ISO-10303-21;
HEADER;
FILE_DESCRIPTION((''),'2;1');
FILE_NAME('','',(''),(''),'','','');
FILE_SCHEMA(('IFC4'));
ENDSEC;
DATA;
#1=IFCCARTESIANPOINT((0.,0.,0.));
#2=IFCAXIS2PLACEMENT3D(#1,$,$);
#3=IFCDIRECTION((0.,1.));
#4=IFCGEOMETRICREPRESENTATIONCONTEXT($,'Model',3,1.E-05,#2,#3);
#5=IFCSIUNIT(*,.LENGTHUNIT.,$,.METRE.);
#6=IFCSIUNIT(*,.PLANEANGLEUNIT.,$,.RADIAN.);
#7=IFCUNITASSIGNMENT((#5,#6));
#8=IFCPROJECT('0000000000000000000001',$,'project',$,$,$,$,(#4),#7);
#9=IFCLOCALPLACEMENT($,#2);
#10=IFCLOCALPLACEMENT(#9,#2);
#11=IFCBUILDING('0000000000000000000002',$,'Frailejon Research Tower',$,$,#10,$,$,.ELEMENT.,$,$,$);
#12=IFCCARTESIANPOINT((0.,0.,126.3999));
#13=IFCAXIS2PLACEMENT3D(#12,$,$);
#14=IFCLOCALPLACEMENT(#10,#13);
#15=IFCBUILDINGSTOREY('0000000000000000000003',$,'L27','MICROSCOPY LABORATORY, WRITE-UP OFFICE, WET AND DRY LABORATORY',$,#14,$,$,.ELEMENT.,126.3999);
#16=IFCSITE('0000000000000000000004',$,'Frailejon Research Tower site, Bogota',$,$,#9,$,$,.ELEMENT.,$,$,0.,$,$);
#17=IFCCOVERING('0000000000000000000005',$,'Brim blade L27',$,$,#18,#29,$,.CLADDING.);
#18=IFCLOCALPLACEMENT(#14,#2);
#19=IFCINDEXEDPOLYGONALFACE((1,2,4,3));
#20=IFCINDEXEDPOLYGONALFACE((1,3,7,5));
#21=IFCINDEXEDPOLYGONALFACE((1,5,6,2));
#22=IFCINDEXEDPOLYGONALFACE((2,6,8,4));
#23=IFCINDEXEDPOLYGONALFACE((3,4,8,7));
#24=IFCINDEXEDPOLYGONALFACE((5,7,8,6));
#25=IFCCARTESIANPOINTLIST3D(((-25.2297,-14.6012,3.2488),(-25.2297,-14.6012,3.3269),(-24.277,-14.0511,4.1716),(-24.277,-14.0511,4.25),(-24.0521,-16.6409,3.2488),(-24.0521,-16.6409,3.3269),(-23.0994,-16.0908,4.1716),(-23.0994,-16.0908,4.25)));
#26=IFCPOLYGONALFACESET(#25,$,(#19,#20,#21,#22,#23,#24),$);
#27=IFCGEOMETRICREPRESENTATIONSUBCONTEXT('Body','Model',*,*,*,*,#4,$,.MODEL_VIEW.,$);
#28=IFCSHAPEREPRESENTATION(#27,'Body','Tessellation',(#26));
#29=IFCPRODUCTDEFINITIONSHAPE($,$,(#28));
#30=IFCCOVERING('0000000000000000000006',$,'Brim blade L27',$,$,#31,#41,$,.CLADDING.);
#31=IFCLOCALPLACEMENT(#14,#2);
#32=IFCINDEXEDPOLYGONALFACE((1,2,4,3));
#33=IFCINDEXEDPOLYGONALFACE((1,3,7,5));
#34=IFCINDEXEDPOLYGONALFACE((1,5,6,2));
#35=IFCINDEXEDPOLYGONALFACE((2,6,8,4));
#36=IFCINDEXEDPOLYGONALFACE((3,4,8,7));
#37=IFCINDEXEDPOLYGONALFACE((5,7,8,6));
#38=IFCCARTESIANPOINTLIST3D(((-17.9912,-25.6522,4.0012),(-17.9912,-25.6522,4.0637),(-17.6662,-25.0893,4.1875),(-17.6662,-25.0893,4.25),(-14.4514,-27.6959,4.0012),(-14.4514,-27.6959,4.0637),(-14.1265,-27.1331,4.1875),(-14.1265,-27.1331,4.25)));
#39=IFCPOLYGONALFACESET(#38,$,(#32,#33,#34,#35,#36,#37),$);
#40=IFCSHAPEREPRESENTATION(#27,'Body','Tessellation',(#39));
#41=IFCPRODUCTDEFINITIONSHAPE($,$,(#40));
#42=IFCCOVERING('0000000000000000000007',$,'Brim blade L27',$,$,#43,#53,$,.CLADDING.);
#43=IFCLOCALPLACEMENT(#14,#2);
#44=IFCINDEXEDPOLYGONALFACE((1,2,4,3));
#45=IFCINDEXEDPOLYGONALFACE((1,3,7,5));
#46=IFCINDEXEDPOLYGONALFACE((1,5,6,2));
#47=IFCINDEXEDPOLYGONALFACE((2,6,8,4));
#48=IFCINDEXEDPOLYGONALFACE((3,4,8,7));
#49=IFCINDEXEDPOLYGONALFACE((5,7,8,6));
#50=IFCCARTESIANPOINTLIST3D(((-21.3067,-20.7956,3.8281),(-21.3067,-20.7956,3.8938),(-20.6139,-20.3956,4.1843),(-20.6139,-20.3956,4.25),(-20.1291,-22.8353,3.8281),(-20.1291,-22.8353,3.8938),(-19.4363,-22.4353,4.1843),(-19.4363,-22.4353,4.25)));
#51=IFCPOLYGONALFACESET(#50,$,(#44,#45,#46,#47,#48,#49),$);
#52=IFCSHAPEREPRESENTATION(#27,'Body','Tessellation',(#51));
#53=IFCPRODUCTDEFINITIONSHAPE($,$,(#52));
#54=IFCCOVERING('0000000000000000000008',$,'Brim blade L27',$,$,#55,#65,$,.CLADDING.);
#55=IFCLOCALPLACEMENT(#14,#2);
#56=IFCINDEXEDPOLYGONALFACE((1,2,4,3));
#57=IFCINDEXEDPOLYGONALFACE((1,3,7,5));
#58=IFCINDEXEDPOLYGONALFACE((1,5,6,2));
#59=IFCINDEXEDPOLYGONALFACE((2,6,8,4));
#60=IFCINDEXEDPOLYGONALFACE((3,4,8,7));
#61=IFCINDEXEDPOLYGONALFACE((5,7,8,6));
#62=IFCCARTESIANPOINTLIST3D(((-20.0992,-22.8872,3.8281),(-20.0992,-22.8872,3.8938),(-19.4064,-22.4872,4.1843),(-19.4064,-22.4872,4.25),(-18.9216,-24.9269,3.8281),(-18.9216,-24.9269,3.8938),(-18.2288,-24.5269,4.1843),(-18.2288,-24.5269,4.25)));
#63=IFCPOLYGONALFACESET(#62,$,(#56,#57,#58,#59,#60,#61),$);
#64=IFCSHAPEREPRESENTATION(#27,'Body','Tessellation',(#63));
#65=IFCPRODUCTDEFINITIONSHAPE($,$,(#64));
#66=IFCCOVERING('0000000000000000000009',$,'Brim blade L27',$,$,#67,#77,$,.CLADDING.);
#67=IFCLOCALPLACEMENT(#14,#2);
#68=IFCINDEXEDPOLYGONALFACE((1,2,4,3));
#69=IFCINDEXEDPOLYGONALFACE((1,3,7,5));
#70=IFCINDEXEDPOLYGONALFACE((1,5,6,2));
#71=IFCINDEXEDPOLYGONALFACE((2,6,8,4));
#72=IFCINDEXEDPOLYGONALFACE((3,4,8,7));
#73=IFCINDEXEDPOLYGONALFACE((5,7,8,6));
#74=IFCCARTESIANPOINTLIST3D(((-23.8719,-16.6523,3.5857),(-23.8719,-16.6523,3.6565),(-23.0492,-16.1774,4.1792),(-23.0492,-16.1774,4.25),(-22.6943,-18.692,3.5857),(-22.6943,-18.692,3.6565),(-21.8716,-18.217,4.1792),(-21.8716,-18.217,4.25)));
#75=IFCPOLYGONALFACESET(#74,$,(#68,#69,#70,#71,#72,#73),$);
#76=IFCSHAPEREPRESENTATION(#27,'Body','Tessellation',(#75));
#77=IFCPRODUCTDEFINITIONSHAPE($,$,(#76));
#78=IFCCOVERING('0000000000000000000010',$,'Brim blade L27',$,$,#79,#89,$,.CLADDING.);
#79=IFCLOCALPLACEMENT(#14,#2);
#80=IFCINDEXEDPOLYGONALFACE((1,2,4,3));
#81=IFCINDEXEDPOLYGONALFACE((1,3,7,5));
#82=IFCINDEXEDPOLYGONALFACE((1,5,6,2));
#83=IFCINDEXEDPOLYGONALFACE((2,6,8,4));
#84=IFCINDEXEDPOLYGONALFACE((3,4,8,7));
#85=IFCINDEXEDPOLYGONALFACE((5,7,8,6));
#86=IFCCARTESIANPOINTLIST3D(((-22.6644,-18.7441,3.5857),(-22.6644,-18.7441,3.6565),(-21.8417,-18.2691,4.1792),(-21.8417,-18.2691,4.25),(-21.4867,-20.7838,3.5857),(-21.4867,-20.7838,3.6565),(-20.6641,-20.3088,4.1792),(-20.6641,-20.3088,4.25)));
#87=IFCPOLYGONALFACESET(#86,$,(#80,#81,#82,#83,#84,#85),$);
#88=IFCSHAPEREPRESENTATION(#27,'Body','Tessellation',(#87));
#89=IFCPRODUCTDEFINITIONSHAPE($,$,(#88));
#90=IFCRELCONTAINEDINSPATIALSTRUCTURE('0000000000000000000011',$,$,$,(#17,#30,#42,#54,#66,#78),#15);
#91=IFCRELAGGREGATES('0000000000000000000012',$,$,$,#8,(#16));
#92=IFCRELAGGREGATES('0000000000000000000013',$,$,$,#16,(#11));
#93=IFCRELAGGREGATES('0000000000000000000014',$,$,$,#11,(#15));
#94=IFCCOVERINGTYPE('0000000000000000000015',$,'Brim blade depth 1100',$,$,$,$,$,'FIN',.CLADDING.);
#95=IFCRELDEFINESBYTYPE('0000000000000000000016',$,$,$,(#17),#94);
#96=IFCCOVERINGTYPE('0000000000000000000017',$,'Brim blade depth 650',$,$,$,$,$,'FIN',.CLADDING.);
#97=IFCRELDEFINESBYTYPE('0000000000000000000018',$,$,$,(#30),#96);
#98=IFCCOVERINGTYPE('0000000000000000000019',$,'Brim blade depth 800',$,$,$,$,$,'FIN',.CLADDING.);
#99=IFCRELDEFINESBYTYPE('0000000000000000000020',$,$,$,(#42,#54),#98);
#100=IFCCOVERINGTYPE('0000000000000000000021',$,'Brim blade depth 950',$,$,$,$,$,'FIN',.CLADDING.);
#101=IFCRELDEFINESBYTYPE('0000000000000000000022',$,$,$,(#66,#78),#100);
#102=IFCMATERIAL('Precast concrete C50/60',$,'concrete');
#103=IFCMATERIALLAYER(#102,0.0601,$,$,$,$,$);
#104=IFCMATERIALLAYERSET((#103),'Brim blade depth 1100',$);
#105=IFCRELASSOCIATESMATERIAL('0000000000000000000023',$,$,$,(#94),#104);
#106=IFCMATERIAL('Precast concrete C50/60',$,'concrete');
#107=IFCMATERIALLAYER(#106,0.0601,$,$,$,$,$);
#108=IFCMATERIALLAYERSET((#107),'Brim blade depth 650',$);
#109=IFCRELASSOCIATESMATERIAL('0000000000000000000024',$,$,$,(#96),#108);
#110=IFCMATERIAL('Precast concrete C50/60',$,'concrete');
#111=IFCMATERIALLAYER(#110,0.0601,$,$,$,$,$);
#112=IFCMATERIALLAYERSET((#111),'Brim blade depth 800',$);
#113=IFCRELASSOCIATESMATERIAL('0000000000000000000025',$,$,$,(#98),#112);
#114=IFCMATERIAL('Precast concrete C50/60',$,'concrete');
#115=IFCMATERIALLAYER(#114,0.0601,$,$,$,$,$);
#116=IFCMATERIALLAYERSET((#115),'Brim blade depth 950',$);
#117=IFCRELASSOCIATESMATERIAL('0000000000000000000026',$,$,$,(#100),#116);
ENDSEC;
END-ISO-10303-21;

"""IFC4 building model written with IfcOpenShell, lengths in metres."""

from ifc_helpers import new_model, si_unit, direction, frame, origin, place, context, subcontext, project, spatial, polyline, outline, extrude, material, layer, layer_set, type_object, element, save


model = new_model("IFC4")

# Units and contexts
model_context = context("Model", 3, precision=1e-05, world=origin(), true_north=direction((0.0, 1.0)))
body_context = subcontext(model_context, "Body", "Model", "MODEL_VIEW")
ifc_project = project(units=[si_unit("LENGTHUNIT", "METRE"), si_unit("PLANEANGLEUNIT", "RADIAN")], contexts=[model_context])

# Site, building, storey
site_placement = place(None, origin())
site = spatial("IfcSite", under=ifc_project, at=site_placement, Name="Frailejon Research Tower site, Bogota", CompositionType="ELEMENT", RefElevation=0.0)
building_placement = place(site_placement, origin())
building = spatial("IfcBuilding", under=site, at=building_placement, Name="Frailejon Research Tower", CompositionType="ELEMENT")
storey_placement = place(building_placement, frame((0.0, 0.0, 126.3999)))
storey = spatial("IfcBuildingStorey", under=building, at=storey_placement, Name="L27", Description="MICROSCOPY LABORATORY, WRITE-UP OFFICE, WET AND DRY LABORATORY", CompositionType="ELEMENT", Elevation=126.3999)

# Coverings
ifc_material_1 = material(Name="Precast concrete C50/60", Category="concrete")
ifc_layer_1 = layer(ifc_material_1, 0.0601)
ifc_layer_set_1 = layer_set([ifc_layer_1], Name="Brim blade depth 1100")
covering_type_1 = type_object("IfcCoveringType", Name="Brim blade depth 1100", ElementType="FIN", PredefinedType="CLADDING", material=ifc_layer_set_1)
covering_1_placement = place(storey_placement, frame((-23.0994, -16.0908, 4.25), z_axis=(-0.500006, 0.866022, 0.0), x_axis=(-0.866022, -0.500006, 0.0)))
element("IfcCovering", 1, at=covering_1_placement, inside=storey, type_object=covering_type_1, Name="Brim blade L27", PredefinedType="CLADDING", context=body_context, shape_type="SweptSolid", body=[
    extrude(outline(polyline([(0.0, -0.0784), (1.1001, -1.0012), (1.1001, -0.9231), (0.0, 0.0), (0.0, -0.0784)])), origin(), (0.0, 0.0, 1.0), 2.3552),
])
ifc_material_2 = material(Name="Precast concrete C50/60", Category="concrete")
ifc_layer_2 = layer(ifc_material_2, 0.0601)
ifc_layer_set_2 = layer_set([ifc_layer_2], Name="Brim blade depth 650")
covering_type_2 = type_object("IfcCoveringType", Name="Brim blade depth 650", ElementType="FIN", PredefinedType="CLADDING", material=ifc_layer_set_2)
covering_2_placement = place(storey_placement, frame((-14.1265, -27.1331, 4.25), z_axis=(-0.866021, 0.500007, 0.0), x_axis=(-0.500007, -0.866021, 0.0)))
element("IfcCovering", 2, at=covering_2_placement, inside=storey, type_object=covering_type_2, Name="Brim blade L27", PredefinedType="CLADDING", context=body_context, shape_type="SweptSolid", body=[
    extrude(outline(polyline([(0.0, -0.0625), (0.6499, -0.2488), (0.6499, -0.1863), (0.0, 0.0), (0.0, -0.0625)])), origin(), (0.0, 0.0, 1.0), 4.0874),
])
ifc_material_3 = material(Name="Precast concrete C50/60", Category="concrete")
ifc_layer_3 = layer(ifc_material_3, 0.0601)
ifc_layer_set_3 = layer_set([ifc_layer_3], Name="Brim blade depth 800")
covering_type_3 = type_object("IfcCoveringType", Name="Brim blade depth 800", ElementType="FIN", PredefinedType="CLADDING", material=ifc_layer_set_3)
for number, where, z_axis, x_axis, name in (
    (3, (-19.4363, -22.4353, 4.25), (-0.499997, 0.866027, 0.0), (-0.866027, -0.499997, 0.0), "Brim blade L27"),
    (4, (-18.2288, -24.5269, 4.25), (-0.499997, 0.866027, 0.0), (-0.866027, -0.499997, 0.0), "Brim blade L27"),
):
    element("IfcCovering", number, at=place(storey_placement, frame(where, z_axis=z_axis, x_axis=x_axis)), inside=storey, type_object=covering_type_3, Name=name, PredefinedType="CLADDING", context=body_context, shape_type="SweptSolid", body=[
        extrude(outline(polyline([(0.0, -0.0657), (0.8, -0.4219), (0.8, -0.3562), (0.0, 0.0), (0.0, -0.0657)])), origin(), (0.0, 0.0, 1.0), 2.3552),
    ])
ifc_material_4 = material(Name="Precast concrete C50/60", Category="concrete")
ifc_layer_4 = layer(ifc_material_4, 0.0601)
ifc_layer_set_4 = layer_set([ifc_layer_4], Name="Brim blade depth 950")
covering_type_4 = type_object("IfcCoveringType", Name="Brim blade depth 950", ElementType="FIN", PredefinedType="CLADDING", material=ifc_layer_set_4)
for number, where, z_axis, x_axis, name in (
    (5, (-21.8716, -18.217, 4.25), (-0.499997, 0.866027, 0.0), (-0.866027, -0.499997, 0.0), "Brim blade L27"),
    (6, (-20.6641, -20.3088, 4.25), (-0.499997, 0.866027, 0.0), (-0.866027, -0.499997, 0.0), "Brim blade L27"),
):
    element("IfcCovering", number, at=place(storey_placement, frame(where, z_axis=z_axis, x_axis=x_axis)), inside=storey, type_object=covering_type_4, Name=name, PredefinedType="CLADDING", context=body_context, shape_type="SweptSolid", body=[
        extrude(outline(polyline([(0.0, -0.0708), (0.95, -0.6643), (0.95, -0.5935), (0.0, 0.0), (0.0, -0.0708)])), origin(), (0.0, 0.0, 1.0), 2.3552),
    ])

save(model, "model.ifc")
